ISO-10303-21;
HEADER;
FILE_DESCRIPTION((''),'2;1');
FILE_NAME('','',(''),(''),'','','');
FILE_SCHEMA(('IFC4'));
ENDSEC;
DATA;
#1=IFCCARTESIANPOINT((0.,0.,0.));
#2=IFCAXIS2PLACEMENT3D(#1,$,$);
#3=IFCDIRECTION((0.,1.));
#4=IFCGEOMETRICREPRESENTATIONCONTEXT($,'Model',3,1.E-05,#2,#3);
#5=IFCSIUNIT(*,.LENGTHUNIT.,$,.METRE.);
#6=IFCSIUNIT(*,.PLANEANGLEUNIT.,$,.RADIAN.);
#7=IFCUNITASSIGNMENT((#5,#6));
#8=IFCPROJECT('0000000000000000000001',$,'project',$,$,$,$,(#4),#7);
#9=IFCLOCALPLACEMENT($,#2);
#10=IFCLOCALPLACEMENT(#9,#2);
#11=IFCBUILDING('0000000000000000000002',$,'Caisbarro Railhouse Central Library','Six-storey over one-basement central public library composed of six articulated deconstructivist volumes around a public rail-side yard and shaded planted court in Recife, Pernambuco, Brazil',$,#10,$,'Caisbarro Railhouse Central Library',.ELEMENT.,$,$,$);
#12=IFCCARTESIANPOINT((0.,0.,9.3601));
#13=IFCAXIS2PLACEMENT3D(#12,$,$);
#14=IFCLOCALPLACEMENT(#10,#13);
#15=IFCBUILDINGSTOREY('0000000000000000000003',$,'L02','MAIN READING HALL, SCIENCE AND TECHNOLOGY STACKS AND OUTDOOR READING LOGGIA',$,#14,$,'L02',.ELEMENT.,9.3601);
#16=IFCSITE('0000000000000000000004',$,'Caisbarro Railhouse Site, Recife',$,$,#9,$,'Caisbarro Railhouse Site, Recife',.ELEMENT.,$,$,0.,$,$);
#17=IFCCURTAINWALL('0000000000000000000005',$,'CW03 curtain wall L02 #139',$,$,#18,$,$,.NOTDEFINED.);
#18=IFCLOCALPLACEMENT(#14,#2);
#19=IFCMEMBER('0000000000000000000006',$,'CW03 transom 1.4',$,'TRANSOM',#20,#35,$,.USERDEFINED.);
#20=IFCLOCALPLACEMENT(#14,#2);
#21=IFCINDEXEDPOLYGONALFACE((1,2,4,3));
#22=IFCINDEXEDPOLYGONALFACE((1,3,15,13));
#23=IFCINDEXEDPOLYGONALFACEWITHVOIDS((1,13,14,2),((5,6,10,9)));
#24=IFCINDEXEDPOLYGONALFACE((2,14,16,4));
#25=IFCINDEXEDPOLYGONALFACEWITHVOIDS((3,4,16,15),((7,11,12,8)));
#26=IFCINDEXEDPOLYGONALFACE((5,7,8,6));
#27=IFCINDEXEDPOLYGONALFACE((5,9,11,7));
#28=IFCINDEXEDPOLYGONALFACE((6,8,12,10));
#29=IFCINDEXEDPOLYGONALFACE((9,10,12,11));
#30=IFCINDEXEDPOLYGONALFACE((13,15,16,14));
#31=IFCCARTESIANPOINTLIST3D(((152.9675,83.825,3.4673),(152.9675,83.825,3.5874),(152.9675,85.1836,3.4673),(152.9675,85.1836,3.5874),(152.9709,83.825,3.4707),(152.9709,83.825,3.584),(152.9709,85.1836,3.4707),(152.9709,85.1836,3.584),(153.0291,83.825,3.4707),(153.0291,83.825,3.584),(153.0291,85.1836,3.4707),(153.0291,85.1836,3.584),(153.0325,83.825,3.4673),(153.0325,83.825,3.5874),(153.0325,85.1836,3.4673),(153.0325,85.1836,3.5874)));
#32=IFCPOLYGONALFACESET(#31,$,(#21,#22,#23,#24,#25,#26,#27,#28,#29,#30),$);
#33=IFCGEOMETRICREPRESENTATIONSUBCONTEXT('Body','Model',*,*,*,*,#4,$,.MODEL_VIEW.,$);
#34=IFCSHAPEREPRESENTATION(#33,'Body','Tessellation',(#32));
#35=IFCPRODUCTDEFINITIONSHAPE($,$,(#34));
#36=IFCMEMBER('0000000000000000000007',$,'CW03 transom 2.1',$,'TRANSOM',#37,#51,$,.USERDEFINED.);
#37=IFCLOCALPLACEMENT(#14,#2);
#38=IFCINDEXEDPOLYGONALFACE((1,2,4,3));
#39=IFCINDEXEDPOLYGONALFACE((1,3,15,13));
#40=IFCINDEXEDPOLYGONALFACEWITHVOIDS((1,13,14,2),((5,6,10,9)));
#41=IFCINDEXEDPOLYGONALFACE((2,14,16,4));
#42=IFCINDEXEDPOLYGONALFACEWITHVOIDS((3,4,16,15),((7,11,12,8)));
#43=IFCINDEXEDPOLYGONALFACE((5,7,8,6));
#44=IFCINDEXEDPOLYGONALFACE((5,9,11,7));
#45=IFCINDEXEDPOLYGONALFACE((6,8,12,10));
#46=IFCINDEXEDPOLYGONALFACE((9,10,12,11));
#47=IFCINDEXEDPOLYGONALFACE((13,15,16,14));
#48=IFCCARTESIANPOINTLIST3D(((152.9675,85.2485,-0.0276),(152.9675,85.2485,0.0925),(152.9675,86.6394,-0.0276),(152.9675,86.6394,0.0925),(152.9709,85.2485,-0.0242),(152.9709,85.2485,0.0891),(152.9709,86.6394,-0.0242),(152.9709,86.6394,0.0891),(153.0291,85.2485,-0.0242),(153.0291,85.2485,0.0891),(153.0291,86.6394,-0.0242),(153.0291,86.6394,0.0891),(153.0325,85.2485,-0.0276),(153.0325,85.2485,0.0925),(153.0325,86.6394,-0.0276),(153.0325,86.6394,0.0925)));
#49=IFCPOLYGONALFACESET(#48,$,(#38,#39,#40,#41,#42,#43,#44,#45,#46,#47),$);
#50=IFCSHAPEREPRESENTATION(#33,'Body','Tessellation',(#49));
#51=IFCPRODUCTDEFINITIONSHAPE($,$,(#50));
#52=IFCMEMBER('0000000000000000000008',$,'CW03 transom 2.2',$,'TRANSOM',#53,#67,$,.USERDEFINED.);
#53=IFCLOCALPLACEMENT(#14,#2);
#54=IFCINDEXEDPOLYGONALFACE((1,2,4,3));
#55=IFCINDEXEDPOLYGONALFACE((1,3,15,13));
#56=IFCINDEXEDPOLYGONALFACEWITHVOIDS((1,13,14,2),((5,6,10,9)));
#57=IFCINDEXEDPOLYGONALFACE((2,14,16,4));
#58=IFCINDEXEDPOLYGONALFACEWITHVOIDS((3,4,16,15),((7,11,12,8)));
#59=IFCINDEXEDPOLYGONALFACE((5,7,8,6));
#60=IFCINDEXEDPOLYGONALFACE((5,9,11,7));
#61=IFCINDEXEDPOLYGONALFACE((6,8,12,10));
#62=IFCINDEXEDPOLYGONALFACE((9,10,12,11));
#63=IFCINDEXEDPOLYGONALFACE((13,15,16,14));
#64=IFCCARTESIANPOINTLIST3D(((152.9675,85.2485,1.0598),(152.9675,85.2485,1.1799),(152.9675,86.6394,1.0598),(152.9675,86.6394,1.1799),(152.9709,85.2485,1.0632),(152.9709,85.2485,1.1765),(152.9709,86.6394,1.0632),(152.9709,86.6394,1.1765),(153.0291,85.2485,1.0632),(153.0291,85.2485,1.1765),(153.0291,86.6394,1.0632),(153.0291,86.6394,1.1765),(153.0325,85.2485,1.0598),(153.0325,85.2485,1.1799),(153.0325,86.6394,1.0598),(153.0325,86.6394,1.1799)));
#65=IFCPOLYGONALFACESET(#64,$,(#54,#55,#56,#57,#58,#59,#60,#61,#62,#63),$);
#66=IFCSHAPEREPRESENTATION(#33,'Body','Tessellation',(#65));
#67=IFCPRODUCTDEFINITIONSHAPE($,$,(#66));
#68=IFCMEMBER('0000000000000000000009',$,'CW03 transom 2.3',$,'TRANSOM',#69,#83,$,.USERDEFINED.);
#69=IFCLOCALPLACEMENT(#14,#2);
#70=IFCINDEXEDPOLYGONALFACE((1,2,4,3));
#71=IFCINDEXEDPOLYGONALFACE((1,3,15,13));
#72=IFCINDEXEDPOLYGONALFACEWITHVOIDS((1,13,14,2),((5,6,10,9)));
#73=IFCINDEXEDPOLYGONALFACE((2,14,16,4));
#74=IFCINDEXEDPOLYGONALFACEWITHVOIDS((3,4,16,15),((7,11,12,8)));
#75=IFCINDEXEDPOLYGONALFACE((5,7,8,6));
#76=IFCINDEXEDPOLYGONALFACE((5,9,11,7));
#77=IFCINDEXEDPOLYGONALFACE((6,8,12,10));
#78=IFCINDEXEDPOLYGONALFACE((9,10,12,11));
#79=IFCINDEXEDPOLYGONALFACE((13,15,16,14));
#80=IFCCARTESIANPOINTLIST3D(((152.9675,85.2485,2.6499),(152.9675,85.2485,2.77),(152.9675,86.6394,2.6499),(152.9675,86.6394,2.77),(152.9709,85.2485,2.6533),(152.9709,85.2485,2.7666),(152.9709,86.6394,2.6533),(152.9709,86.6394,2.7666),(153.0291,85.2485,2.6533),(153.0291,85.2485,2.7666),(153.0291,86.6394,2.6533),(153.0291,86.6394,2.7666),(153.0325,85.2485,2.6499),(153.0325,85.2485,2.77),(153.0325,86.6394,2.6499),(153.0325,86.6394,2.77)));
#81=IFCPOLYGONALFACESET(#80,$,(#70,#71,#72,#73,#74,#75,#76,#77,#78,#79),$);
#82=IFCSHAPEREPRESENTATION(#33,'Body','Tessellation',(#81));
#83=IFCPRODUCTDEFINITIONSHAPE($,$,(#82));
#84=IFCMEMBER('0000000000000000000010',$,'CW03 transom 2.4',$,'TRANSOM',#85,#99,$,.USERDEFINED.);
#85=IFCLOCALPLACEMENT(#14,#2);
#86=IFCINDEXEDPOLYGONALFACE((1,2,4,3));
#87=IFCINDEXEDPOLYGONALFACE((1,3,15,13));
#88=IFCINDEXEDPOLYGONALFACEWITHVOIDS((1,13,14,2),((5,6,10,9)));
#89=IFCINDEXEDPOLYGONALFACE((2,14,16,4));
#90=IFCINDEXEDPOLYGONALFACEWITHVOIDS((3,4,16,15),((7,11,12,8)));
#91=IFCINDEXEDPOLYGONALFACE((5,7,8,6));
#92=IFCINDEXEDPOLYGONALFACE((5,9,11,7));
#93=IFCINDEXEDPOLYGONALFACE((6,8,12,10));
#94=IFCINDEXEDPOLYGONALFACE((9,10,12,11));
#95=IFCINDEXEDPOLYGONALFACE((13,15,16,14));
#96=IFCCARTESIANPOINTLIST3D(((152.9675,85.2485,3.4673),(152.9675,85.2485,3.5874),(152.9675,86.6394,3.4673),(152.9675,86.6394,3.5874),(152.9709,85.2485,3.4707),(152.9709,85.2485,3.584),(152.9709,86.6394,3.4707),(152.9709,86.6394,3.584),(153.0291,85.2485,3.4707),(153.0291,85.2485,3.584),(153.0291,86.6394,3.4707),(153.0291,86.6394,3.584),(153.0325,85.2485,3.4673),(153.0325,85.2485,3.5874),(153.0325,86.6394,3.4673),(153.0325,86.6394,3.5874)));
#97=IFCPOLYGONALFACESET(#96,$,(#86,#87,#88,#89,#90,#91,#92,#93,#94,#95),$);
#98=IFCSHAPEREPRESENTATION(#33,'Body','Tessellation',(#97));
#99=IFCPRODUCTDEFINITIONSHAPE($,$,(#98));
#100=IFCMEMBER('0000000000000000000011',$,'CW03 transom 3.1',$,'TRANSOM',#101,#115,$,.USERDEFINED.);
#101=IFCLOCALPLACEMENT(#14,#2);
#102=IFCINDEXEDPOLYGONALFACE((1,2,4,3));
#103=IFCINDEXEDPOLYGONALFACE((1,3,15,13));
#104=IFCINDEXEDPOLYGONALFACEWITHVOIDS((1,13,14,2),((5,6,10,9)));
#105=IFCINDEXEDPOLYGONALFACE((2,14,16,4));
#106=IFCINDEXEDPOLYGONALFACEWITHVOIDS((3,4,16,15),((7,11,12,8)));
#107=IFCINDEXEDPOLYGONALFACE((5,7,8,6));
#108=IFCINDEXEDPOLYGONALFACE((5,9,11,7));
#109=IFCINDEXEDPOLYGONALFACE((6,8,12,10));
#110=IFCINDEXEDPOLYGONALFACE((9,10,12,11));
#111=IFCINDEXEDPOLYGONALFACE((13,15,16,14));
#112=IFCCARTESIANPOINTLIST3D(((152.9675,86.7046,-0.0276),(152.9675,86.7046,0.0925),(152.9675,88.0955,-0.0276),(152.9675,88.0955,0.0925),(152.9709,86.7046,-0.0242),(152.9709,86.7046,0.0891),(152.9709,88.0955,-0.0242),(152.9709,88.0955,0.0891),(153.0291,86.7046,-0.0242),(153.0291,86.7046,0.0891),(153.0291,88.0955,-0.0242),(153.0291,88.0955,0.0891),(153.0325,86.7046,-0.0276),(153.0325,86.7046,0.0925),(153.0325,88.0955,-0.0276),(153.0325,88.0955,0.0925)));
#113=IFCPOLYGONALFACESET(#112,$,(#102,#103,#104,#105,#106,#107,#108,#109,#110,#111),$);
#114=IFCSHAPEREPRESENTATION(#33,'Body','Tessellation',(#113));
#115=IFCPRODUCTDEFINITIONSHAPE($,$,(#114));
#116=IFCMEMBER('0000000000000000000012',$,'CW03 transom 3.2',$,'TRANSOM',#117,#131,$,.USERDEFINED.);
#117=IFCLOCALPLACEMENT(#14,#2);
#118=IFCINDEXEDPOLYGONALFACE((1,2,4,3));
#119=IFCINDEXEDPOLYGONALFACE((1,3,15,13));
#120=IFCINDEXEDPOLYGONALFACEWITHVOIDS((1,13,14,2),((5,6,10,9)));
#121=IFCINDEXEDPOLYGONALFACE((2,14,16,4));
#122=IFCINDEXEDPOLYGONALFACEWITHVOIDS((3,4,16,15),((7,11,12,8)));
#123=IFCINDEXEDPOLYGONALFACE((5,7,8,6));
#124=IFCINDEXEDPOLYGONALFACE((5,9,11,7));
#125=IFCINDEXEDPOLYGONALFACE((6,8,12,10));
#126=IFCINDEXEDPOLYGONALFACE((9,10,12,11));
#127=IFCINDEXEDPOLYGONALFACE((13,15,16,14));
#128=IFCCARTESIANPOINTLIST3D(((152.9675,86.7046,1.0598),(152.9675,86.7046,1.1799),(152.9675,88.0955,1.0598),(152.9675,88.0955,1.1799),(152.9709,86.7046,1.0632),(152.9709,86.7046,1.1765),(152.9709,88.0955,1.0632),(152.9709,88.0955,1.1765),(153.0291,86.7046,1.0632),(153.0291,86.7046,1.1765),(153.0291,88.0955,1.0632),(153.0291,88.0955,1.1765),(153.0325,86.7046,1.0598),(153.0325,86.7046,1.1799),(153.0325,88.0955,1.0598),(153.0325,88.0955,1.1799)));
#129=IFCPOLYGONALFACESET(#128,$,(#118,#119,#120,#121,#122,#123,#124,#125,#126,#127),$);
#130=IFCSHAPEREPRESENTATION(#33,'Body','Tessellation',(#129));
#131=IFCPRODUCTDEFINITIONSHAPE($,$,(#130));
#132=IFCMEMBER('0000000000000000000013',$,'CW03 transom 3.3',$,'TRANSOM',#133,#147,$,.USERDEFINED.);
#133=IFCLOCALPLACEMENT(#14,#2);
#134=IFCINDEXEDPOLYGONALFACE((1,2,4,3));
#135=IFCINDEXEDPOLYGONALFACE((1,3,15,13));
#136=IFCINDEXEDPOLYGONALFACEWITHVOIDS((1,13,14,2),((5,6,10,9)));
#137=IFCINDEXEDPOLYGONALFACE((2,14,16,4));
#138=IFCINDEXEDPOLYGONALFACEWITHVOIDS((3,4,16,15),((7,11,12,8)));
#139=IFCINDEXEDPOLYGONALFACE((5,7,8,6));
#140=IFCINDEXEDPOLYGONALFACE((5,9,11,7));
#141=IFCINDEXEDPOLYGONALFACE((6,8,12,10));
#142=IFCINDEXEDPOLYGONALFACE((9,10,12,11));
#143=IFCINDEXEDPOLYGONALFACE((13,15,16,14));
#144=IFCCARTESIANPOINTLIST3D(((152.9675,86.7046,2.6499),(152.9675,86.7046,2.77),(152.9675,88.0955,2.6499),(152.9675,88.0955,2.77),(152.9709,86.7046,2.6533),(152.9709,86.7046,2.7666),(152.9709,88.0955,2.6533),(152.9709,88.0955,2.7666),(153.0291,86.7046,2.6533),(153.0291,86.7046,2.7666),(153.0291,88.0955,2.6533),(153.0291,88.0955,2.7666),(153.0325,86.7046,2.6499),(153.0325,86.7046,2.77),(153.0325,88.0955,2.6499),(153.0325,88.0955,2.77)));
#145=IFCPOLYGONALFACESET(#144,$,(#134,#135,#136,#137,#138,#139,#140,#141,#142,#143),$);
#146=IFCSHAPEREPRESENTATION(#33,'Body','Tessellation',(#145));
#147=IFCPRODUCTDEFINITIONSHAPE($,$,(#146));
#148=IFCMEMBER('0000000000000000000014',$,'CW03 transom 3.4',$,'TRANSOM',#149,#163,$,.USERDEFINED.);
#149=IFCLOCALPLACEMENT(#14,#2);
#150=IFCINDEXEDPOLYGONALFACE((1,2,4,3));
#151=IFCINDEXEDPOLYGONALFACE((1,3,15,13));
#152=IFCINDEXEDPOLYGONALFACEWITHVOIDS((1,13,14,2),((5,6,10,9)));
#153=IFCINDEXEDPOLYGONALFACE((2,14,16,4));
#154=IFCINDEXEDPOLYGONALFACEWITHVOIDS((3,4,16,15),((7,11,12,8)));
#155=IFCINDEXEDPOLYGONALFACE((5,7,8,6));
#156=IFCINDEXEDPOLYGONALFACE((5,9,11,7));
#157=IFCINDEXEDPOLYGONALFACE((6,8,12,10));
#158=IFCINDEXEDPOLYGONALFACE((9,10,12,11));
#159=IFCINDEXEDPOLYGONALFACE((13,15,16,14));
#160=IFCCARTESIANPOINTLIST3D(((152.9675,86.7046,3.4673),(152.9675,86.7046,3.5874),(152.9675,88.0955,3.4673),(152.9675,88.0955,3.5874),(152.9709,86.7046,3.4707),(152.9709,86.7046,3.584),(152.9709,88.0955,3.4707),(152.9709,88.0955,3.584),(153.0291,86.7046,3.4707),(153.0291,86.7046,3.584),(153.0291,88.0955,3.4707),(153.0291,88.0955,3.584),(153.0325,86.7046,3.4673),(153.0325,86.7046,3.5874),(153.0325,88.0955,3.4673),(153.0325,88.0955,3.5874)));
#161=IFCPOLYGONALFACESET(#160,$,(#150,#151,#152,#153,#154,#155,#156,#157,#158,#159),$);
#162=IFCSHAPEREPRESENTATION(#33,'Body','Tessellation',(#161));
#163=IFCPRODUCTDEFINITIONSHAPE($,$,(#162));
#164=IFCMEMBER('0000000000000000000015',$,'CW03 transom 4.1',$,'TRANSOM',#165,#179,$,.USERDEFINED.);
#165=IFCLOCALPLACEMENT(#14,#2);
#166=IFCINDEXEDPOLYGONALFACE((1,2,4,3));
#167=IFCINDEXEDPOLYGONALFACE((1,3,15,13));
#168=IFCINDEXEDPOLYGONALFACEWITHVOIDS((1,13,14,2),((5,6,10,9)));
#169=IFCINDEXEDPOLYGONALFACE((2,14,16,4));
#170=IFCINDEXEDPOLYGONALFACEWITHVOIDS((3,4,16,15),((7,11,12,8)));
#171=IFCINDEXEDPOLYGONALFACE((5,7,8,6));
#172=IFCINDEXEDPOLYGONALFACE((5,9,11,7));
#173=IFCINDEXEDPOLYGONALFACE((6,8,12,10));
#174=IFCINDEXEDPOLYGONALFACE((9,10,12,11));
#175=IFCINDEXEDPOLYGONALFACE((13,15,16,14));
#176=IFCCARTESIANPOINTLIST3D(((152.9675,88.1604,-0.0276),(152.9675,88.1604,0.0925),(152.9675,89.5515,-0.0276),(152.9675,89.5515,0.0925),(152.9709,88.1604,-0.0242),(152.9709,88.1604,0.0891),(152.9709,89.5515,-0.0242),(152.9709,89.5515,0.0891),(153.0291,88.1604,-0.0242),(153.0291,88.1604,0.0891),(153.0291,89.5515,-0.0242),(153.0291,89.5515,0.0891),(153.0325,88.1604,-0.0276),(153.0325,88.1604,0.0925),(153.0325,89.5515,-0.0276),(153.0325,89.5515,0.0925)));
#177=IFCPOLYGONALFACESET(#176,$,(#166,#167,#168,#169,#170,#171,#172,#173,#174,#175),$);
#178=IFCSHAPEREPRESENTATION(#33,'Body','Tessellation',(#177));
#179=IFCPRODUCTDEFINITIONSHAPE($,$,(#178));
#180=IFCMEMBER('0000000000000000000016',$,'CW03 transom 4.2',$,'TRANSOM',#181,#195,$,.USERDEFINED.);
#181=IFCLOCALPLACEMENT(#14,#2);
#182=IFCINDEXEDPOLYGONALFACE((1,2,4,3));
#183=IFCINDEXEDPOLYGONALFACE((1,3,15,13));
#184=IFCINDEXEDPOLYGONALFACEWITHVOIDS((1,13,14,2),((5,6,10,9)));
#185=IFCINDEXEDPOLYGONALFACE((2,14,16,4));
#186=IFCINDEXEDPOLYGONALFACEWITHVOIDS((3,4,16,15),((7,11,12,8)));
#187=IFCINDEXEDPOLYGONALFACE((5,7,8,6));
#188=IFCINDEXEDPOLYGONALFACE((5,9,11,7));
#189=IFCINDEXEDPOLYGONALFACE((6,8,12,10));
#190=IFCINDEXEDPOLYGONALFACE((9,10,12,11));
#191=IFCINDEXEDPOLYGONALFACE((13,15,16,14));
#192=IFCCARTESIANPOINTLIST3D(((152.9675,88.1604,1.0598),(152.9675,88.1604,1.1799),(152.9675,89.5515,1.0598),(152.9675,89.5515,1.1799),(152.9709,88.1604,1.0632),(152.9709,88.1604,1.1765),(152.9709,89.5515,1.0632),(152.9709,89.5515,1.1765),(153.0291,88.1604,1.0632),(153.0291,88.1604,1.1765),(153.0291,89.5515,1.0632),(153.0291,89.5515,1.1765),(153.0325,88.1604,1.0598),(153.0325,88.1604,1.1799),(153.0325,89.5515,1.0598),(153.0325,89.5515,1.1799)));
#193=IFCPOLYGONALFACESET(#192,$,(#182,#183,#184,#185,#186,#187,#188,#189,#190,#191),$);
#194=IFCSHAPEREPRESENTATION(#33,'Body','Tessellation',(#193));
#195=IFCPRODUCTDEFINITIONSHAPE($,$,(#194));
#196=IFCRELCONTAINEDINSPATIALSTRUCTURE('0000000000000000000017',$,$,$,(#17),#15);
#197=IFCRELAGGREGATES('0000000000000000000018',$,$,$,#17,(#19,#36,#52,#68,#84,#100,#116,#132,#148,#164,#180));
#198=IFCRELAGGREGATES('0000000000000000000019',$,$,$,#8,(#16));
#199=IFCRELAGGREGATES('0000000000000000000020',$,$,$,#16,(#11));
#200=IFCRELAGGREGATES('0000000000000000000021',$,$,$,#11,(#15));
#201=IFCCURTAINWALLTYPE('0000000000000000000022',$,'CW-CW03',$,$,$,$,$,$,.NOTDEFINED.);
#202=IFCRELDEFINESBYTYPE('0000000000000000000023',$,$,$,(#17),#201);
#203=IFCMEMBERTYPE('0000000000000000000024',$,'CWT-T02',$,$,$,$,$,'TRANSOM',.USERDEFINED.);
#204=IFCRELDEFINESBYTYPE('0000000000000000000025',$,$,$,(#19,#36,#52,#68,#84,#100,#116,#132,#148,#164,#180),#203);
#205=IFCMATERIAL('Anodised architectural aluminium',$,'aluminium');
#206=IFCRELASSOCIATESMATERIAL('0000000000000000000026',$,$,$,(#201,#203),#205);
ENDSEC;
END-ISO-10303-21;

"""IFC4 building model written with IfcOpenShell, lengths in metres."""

from ifc_helpers import new_model, si_unit, direction, frame, origin, origin_2d, place, context, subcontext, project, spatial, hollow_rectangle, extrude, material, material_profile, profile_set, type_object, element, aggregate, save


model = new_model("IFC4")

# Units and contexts
model_context = context("Model", 3, precision=1e-05, world=origin(), true_north=direction((0.0, 1.0)))
body_context = subcontext(model_context, "Body", "Model", "MODEL_VIEW")
ifc_project = project(units=[si_unit("LENGTHUNIT", "METRE"), si_unit("PLANEANGLEUNIT", "RADIAN")], contexts=[model_context])

# Site, building, storey
site_placement = place(None, origin())
site = spatial("IfcSite", under=ifc_project, at=site_placement, Name="Caisbarro Railhouse Site, Recife", LongName="Caisbarro Railhouse Site, Recife", CompositionType="ELEMENT", RefElevation=0.0)
building_placement = place(site_placement, origin())
building = spatial("IfcBuilding", under=site, at=building_placement, Name="Caisbarro Railhouse Central Library", Description="Six-storey over one-basement central public library composed of six articulated deconstructivist volumes around a public rail-side yard and shaded planted court in Recife, Pernambuco, Brazil", LongName="Caisbarro Railhouse Central Library", CompositionType="ELEMENT")
storey_placement = place(building_placement, frame((0.0, 0.0, 9.3601)))
storey = spatial("IfcBuildingStorey", under=building, at=storey_placement, Name="L02", Description="MAIN READING HALL, SCIENCE AND TECHNOLOGY STACKS AND OUTDOOR READING LOGGIA", LongName="L02", CompositionType="ELEMENT", Elevation=9.3601)

# Curtain wall, members
ifc_material_1 = material(Name="Anodised architectural aluminium", Category="aluminium")
curtain_wall_type = type_object("IfcCurtainWallType", Name="CW-CW03", PredefinedType="NOTDEFINED", material=ifc_material_1)
curtain_wall_placement = place(storey_placement, origin())
curtain_wall = element("IfcCurtainWall", 1, at=curtain_wall_placement, inside=storey, type_object=curtain_wall_type, Name="CW03 curtain wall L02 #139", PredefinedType="NOTDEFINED")
ifc_material_profile_1 = material_profile(ifc_material_1, hollow_rectangle(XDim=0.0649, YDim=0.1201, WallThickness=0.0034, at=origin_2d()), Name="ALU-TRN-65X120")
ifc_profile_set_1 = profile_set([ifc_material_profile_1], Name="Anodised architectural aluminium")
member_type_1 = type_object("IfcMemberType", Name="CWT-T02", ElementType="TRANSOM", PredefinedType="USERDEFINED", material=ifc_profile_set_1)
member_1_placement = place(storey_placement, frame((153.0, 83.825, 3.5273), z_axis=(0.0, 1.0, 0.0), x_axis=(-1.0, 0.0, 0.0)))
member_1 = element("IfcMember", 2, at=member_1_placement, type_object=member_type_1, Name="CW03 transom 1.4", ObjectType="TRANSOM", PredefinedType="USERDEFINED", context=body_context, shape_type="SweptSolid", body=[
    extrude(hollow_rectangle(XDim=0.0649, YDim=0.1201, WallThickness=0.0034, at=origin_2d()), origin(), (0.0, 0.0, 1.0), 1.3586),
])
member_2_placement = place(storey_placement, frame((153.0, 85.2485, 0.0325), z_axis=(0.0, 1.0, 0.0), x_axis=(-1.0, 0.0, 0.0)))
member_2 = element("IfcMember", 3, at=member_2_placement, type_object=member_type_1, Name="CW03 transom 2.1", ObjectType="TRANSOM", PredefinedType="USERDEFINED", context=body_context, shape_type="SweptSolid", body=[
    extrude(hollow_rectangle(XDim=0.0649, YDim=0.1201, WallThickness=0.0034, at=origin_2d()), origin(), (0.0, 0.0, 1.0), 1.3909),
])
member_3_placement = place(storey_placement, frame((153.0, 85.2485, 1.1199), z_axis=(0.0, 1.0, 0.0), x_axis=(-1.0, 0.0, 0.0)))
member_3 = element("IfcMember", 4, at=member_3_placement, type_object=member_type_1, Name="CW03 transom 2.2", ObjectType="TRANSOM", PredefinedType="USERDEFINED", context=body_context, shape_type="SweptSolid", body=[
    extrude(hollow_rectangle(XDim=0.0649, YDim=0.1201, WallThickness=0.0034, at=origin_2d()), origin(), (0.0, 0.0, 1.0), 1.3909),
])
member_4_placement = place(storey_placement, frame((153.0, 85.2485, 2.71), z_axis=(0.0, 1.0, 0.0), x_axis=(-1.0, 0.0, 0.0)))
member_4 = element("IfcMember", 5, at=member_4_placement, type_object=member_type_1, Name="CW03 transom 2.3", ObjectType="TRANSOM", PredefinedType="USERDEFINED", context=body_context, shape_type="SweptSolid", body=[
    extrude(hollow_rectangle(XDim=0.0649, YDim=0.1201, WallThickness=0.0034, at=origin_2d()), origin(), (0.0, 0.0, 1.0), 1.3909),
])
member_5_placement = place(storey_placement, frame((153.0, 85.2485, 3.5273), z_axis=(0.0, 1.0, 0.0), x_axis=(-1.0, 0.0, 0.0)))
member_5 = element("IfcMember", 6, at=member_5_placement, type_object=member_type_1, Name="CW03 transom 2.4", ObjectType="TRANSOM", PredefinedType="USERDEFINED", context=body_context, shape_type="SweptSolid", body=[
    extrude(hollow_rectangle(XDim=0.0649, YDim=0.1201, WallThickness=0.0034, at=origin_2d()), origin(), (0.0, 0.0, 1.0), 1.3909),
])
member_6_placement = place(storey_placement, frame((153.0, 86.7046, 0.0325), z_axis=(0.0, 1.0, 0.0), x_axis=(-1.0, 0.0, 0.0)))
member_6 = element("IfcMember", 7, at=member_6_placement, type_object=member_type_1, Name="CW03 transom 3.1", ObjectType="TRANSOM", PredefinedType="USERDEFINED", context=body_context, shape_type="SweptSolid", body=[
    extrude(hollow_rectangle(XDim=0.0649, YDim=0.1201, WallThickness=0.0034, at=origin_2d()), origin(), (0.0, 0.0, 1.0), 1.3909),
])
member_7_placement = place(storey_placement, frame((153.0, 86.7046, 1.1199), z_axis=(0.0, 1.0, 0.0), x_axis=(-1.0, 0.0, 0.0)))
member_7 = element("IfcMember", 8, at=member_7_placement, type_object=member_type_1, Name="CW03 transom 3.2", ObjectType="TRANSOM", PredefinedType="USERDEFINED", context=body_context, shape_type="SweptSolid", body=[
    extrude(hollow_rectangle(XDim=0.0649, YDim=0.1201, WallThickness=0.0034, at=origin_2d()), origin(), (0.0, 0.0, 1.0), 1.3909),
])
member_8_placement = place(storey_placement, frame((153.0, 86.7046, 2.71), z_axis=(0.0, 1.0, 0.0), x_axis=(-1.0, 0.0, 0.0)))
member_8 = element("IfcMember", 9, at=member_8_placement, type_object=member_type_1, Name="CW03 transom 3.3", ObjectType="TRANSOM", PredefinedType="USERDEFINED", context=body_context, shape_type="SweptSolid", body=[
    extrude(hollow_rectangle(XDim=0.0649, YDim=0.1201, WallThickness=0.0034, at=origin_2d()), origin(), (0.0, 0.0, 1.0), 1.3909),
])
member_9_placement = place(storey_placement, frame((153.0, 86.7046, 3.5273), z_axis=(0.0, 1.0, 0.0), x_axis=(-1.0, 0.0, 0.0)))
member_9 = element("IfcMember", 10, at=member_9_placement, type_object=member_type_1, Name="CW03 transom 3.4", ObjectType="TRANSOM", PredefinedType="USERDEFINED", context=body_context, shape_type="SweptSolid", body=[
    extrude(hollow_rectangle(XDim=0.0649, YDim=0.1201, WallThickness=0.0034, at=origin_2d()), origin(), (0.0, 0.0, 1.0), 1.3909),
])
member_10_placement = place(storey_placement, frame((153.0, 88.1604, 0.0325), z_axis=(0.0, 1.0, 0.0), x_axis=(-1.0, 0.0, 0.0)))
member_10 = element("IfcMember", 11, at=member_10_placement, type_object=member_type_1, Name="CW03 transom 4.1", ObjectType="TRANSOM", PredefinedType="USERDEFINED", context=body_context, shape_type="SweptSolid", body=[
    extrude(hollow_rectangle(XDim=0.0649, YDim=0.1201, WallThickness=0.0034, at=origin_2d()), origin(), (0.0, 0.0, 1.0), 1.3911),
])
member_11_placement = place(storey_placement, frame((153.0, 88.1604, 1.1199), z_axis=(0.0, 1.0, 0.0), x_axis=(-1.0, 0.0, 0.0)))
member_11 = element("IfcMember", 12, at=member_11_placement, type_object=member_type_1, Name="CW03 transom 4.2", ObjectType="TRANSOM", PredefinedType="USERDEFINED", context=body_context, shape_type="SweptSolid", body=[
    extrude(hollow_rectangle(XDim=0.0649, YDim=0.1201, WallThickness=0.0034, at=origin_2d()), origin(), (0.0, 0.0, 1.0), 1.3911),
])
aggregate(curtain_wall, [member_1, member_2, member_3, member_4, member_5, member_6, member_7, member_8, member_9, member_10, member_11])

save(model, "model.ifc")
